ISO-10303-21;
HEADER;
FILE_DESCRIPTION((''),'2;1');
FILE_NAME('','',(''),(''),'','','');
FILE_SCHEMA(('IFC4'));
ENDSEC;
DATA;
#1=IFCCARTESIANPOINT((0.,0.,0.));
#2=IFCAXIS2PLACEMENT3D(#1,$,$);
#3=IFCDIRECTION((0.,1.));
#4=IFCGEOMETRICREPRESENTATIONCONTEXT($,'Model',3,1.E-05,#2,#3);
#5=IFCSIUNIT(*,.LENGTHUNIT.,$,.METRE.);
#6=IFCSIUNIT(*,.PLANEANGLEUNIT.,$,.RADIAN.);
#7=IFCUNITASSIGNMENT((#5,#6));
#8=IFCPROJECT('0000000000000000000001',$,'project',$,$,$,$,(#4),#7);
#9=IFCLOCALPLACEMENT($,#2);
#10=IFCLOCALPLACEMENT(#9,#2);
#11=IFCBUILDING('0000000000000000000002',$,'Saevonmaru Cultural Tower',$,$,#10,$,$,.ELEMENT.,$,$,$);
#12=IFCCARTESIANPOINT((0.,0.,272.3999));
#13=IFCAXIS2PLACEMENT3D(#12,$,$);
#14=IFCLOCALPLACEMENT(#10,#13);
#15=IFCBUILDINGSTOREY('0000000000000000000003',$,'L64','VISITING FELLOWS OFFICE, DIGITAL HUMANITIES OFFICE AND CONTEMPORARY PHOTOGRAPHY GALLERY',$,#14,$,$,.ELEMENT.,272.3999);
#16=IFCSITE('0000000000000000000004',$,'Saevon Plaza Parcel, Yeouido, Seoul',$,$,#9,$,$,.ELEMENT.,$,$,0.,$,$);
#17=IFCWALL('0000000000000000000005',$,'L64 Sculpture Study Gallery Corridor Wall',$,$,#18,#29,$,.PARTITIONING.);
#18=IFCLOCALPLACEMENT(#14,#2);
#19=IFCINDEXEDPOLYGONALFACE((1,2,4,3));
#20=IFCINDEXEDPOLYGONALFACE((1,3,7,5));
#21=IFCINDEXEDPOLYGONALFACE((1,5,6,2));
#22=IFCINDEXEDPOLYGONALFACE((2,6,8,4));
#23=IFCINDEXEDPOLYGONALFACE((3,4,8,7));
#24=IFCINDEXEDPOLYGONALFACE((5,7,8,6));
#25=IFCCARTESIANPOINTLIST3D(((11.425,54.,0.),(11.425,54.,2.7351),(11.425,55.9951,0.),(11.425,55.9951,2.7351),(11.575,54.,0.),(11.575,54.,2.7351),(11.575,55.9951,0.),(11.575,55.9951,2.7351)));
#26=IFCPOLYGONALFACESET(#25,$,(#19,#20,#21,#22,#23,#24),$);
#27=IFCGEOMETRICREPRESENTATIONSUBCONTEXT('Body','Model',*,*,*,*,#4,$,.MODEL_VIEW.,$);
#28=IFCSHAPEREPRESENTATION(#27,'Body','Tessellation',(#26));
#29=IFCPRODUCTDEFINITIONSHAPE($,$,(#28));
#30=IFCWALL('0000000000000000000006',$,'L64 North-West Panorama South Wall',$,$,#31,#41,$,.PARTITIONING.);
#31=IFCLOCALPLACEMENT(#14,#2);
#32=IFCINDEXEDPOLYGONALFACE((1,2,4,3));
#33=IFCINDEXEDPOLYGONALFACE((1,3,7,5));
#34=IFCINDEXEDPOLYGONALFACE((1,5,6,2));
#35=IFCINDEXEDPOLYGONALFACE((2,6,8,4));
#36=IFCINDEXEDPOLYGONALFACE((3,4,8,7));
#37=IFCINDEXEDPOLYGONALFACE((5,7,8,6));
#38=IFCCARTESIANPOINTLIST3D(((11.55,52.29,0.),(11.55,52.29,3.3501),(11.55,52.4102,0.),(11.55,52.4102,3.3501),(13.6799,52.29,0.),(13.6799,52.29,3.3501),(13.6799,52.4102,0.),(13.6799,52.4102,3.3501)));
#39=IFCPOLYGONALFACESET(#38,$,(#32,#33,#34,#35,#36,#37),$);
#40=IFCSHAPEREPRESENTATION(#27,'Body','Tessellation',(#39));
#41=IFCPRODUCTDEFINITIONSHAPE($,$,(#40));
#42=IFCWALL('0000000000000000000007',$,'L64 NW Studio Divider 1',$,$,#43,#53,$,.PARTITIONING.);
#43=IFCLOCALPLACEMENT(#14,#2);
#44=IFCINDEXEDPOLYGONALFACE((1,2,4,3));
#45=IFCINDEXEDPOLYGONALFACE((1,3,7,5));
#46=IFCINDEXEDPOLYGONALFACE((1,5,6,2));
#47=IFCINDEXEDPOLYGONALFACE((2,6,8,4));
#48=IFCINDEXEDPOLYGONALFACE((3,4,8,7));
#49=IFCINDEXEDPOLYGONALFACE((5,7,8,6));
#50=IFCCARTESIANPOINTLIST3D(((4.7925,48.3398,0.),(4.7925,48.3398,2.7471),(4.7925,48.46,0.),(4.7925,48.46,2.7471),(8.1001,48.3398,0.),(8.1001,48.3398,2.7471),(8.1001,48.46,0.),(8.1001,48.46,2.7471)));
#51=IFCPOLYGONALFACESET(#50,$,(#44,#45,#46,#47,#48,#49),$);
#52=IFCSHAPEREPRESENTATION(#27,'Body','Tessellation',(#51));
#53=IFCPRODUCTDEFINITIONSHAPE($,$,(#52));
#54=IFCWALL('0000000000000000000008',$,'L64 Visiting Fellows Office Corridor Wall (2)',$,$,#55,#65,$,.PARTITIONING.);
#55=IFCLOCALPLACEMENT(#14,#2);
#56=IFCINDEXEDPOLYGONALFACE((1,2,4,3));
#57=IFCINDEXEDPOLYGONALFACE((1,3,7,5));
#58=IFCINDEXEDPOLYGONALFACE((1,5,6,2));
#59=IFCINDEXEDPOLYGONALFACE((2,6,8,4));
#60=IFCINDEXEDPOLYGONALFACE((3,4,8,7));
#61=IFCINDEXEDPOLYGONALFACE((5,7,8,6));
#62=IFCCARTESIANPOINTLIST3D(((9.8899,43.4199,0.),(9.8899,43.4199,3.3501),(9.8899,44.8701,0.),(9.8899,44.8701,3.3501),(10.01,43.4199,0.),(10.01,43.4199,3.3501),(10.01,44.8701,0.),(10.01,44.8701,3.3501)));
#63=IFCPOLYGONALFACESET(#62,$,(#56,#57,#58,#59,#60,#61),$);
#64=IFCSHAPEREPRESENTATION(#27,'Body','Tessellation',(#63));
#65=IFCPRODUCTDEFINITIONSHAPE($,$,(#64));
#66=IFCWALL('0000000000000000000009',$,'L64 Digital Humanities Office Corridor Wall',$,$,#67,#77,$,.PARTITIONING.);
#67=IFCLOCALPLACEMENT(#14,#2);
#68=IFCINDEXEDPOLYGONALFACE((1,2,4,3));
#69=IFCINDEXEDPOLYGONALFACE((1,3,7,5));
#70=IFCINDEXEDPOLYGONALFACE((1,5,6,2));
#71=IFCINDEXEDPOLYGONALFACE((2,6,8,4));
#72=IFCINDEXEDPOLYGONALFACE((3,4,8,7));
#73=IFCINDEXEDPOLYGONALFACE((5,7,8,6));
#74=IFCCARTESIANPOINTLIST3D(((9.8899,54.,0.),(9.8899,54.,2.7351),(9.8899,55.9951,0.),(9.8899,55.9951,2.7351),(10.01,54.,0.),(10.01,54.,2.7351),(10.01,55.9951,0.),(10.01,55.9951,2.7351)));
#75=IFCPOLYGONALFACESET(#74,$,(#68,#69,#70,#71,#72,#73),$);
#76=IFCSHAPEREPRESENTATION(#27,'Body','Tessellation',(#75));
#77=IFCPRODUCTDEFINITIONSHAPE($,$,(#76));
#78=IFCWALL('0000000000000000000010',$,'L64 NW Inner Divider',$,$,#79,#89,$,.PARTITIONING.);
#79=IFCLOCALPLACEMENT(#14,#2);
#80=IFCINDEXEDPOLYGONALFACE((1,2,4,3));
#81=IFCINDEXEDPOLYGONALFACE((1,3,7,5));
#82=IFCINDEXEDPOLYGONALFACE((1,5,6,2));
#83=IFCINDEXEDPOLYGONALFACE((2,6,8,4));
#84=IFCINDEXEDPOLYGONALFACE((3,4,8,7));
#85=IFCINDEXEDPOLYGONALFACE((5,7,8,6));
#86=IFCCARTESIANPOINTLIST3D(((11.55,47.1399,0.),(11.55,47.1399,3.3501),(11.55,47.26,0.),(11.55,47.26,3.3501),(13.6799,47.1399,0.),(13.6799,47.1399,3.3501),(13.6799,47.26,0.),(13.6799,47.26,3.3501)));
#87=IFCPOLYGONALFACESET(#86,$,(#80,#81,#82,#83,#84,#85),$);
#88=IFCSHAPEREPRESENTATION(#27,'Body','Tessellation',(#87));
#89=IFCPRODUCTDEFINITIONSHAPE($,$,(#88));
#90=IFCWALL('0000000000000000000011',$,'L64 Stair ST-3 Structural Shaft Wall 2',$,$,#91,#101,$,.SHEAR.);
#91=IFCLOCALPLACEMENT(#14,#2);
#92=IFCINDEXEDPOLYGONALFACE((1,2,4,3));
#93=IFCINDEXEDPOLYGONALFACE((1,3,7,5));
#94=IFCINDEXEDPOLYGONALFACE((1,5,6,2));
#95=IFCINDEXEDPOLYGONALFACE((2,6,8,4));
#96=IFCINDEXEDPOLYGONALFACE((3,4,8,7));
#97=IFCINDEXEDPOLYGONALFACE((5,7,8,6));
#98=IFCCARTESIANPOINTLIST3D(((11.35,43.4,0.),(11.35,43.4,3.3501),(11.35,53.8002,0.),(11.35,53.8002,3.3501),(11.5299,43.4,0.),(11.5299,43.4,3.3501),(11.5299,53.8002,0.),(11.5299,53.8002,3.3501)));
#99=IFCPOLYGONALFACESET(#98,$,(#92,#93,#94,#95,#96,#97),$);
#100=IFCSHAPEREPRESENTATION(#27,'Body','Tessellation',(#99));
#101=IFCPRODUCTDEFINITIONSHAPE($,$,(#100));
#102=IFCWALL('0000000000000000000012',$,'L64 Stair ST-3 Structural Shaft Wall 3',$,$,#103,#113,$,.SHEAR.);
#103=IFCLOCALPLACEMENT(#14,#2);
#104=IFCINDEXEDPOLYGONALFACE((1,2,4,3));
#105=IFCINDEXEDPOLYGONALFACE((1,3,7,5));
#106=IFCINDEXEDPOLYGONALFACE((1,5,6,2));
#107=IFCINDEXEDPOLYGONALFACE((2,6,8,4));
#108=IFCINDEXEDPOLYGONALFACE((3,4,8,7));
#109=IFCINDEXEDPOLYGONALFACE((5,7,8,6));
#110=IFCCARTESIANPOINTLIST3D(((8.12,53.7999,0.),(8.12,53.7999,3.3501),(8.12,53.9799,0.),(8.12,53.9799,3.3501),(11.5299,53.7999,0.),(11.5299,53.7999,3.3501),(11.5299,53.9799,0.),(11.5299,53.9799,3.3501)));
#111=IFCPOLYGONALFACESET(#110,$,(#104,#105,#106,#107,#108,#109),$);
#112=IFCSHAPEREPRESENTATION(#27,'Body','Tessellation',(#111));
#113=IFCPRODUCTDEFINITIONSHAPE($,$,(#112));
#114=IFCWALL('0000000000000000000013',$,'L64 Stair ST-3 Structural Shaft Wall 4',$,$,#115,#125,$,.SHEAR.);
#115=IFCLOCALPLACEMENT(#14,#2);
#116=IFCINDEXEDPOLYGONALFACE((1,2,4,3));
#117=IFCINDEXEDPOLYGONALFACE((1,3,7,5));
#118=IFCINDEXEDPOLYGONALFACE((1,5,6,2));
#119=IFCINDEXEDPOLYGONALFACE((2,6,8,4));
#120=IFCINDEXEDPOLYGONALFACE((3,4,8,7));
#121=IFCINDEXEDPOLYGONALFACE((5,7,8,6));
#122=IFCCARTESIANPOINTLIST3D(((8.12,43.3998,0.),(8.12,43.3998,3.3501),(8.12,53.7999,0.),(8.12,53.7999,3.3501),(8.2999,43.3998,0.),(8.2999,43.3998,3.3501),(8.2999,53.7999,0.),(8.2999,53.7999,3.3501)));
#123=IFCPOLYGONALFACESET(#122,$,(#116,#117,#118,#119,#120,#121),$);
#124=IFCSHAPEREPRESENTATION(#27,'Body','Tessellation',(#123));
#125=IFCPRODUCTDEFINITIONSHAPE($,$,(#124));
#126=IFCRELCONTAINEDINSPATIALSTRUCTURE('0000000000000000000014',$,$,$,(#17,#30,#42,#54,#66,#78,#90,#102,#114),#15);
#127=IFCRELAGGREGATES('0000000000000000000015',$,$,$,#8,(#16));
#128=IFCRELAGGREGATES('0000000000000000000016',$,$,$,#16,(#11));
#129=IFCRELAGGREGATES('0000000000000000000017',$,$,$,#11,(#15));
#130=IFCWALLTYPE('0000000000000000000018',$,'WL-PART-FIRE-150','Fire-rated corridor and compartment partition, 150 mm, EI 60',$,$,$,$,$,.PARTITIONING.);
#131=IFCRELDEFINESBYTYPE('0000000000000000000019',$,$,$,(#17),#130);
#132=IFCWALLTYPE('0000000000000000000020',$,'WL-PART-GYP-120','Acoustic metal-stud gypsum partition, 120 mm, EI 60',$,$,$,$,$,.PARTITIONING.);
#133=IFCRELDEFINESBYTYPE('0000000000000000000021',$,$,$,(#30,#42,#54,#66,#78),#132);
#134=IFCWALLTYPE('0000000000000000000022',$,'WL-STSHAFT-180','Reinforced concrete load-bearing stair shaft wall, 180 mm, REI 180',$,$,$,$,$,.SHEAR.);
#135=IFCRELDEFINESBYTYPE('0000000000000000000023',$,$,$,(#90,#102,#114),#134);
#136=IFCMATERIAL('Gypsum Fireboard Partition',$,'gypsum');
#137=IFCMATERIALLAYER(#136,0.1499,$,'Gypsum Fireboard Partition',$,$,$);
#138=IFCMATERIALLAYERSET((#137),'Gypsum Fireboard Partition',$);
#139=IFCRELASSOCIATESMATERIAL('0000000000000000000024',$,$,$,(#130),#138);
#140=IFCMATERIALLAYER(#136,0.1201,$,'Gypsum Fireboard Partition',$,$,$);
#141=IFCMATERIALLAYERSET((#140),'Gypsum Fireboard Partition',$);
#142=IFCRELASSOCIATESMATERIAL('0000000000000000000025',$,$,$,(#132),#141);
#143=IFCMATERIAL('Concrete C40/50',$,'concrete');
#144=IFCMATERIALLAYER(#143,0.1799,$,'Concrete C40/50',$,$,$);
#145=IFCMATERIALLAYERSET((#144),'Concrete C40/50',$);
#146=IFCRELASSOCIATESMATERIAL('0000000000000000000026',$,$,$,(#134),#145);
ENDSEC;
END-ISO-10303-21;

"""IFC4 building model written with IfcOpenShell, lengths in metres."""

from ifc_helpers import new_model, si_unit, direction, frame, frame_2d, origin, place, context, subcontext, project, spatial, rectangle, extrude, material, layer, layer_set, type_object, element, save


model = new_model("IFC4")

# Units and contexts
model_context = context("Model", 3, precision=1e-05, world=origin(), true_north=direction((0.0, 1.0)))
body_context = subcontext(model_context, "Body", "Model", "MODEL_VIEW")
ifc_project = project(units=[si_unit("LENGTHUNIT", "METRE"), si_unit("PLANEANGLEUNIT", "RADIAN")], contexts=[model_context])

# Site, building, storey
site_placement = place(None, origin())
site = spatial("IfcSite", under=ifc_project, at=site_placement, Name="Saevon Plaza Parcel, Yeouido, Seoul", CompositionType="ELEMENT", RefElevation=0.0)
building_placement = place(site_placement, origin())
building = spatial("IfcBuilding", under=site, at=building_placement, Name="Saevonmaru Cultural Tower", CompositionType="ELEMENT")
storey_placement = place(building_placement, frame((0.0, 0.0, 272.3999)))
storey = spatial("IfcBuildingStorey", under=building, at=storey_placement, Name="L64", Description="VISITING FELLOWS OFFICE, DIGITAL HUMANITIES OFFICE AND CONTEMPORARY PHOTOGRAPHY GALLERY", CompositionType="ELEMENT", Elevation=272.3999)

# Walls
ifc_material_1 = material(Name="Gypsum Fireboard Partition", Category="gypsum")
ifc_layer_1 = layer(ifc_material_1, 0.1499, Name="Gypsum Fireboard Partition")
ifc_layer_set_1 = layer_set([ifc_layer_1], Name="Gypsum Fireboard Partition")
wall_type_1 = type_object("IfcWallType", Name="WL-PART-FIRE-150", Description="Fire-rated corridor and compartment partition, 150 mm, EI 60", PredefinedType="PARTITIONING", material=ifc_layer_set_1)
wall_1_placement = place(storey_placement, frame((11.5, 54.0, 0.0), z_axis=(0.0, 0.0, 1.0), x_axis=(0.0, 1.0, 0.0)))
element("IfcWall", 1, at=wall_1_placement, inside=storey, type_object=wall_type_1, Name="L64 Sculpture Study Gallery Corridor Wall", PredefinedType="PARTITIONING", context=body_context, shape_type="SweptSolid", body=[
    extrude(rectangle(XDim=1.9951, YDim=0.1499, at=frame_2d((0.9976, 0.0))), origin(), (0.0, 0.0, 1.0), 2.7351),
])
ifc_layer_2 = layer(ifc_material_1, 0.1201, Name="Gypsum Fireboard Partition")
ifc_layer_set_2 = layer_set([ifc_layer_2], Name="Gypsum Fireboard Partition")
wall_type_2 = type_object("IfcWallType", Name="WL-PART-GYP-120", Description="Acoustic metal-stud gypsum partition, 120 mm, EI 60", PredefinedType="PARTITIONING", material=ifc_layer_set_2)
wall_2_placement = place(storey_placement, frame((11.55, 52.3501, 0.0), z_axis=(0.0, 0.0, 1.0), x_axis=(1.0, 0.0, 0.0)))
element("IfcWall", 2, at=wall_2_placement, inside=storey, type_object=wall_type_2, Name="L64 North-West Panorama South Wall", PredefinedType="PARTITIONING", context=body_context, shape_type="SweptSolid", body=[
    extrude(rectangle(XDim=2.1299, YDim=0.1201, at=frame_2d((1.0649, 0.0))), origin(), (0.0, 0.0, 1.0), 3.3501),
])
wall_3_placement = place(storey_placement, frame((4.7925, 48.3999, 0.0), z_axis=(0.0, 0.0, 1.0), x_axis=(1.0, 0.0, 0.0)))
element("IfcWall", 3, at=wall_3_placement, inside=storey, type_object=wall_type_2, Name="L64 NW Studio Divider 1", PredefinedType="PARTITIONING", context=body_context, shape_type="SweptSolid", body=[
    extrude(rectangle(XDim=3.3076, YDim=0.1201, at=frame_2d((1.6538, 0.0))), origin(), (0.0, 0.0, 1.0), 2.7471),
])
wall_4_placement = place(storey_placement, frame((9.95, 43.4199, 0.0), z_axis=(0.0, 0.0, 1.0), x_axis=(0.0, 1.0, 0.0)))
element("IfcWall", 4, at=wall_4_placement, inside=storey, type_object=wall_type_2, Name="L64 Visiting Fellows Office Corridor Wall (2)", PredefinedType="PARTITIONING", context=body_context, shape_type="SweptSolid", body=[
    extrude(rectangle(XDim=1.4502, YDim=0.1201, at=frame_2d((0.7251, 0.0))), origin(), (0.0, 0.0, 1.0), 3.3501),
])
wall_5_placement = place(storey_placement, frame((9.95, 54.0, 0.0), z_axis=(0.0, 0.0, 1.0), x_axis=(0.0, 1.0, 0.0)))
element("IfcWall", 5, at=wall_5_placement, inside=storey, type_object=wall_type_2, Name="L64 Digital Humanities Office Corridor Wall", PredefinedType="PARTITIONING", context=body_context, shape_type="SweptSolid", body=[
    extrude(rectangle(XDim=1.9951, YDim=0.1201, at=frame_2d((0.9976, 0.0))), origin(), (0.0, 0.0, 1.0), 2.7351),
])
wall_6_placement = place(storey_placement, frame((11.55, 47.2, 0.0), z_axis=(0.0, 0.0, 1.0), x_axis=(1.0, 0.0, 0.0)))
element("IfcWall", 6, at=wall_6_placement, inside=storey, type_object=wall_type_2, Name="L64 NW Inner Divider", PredefinedType="PARTITIONING", context=body_context, shape_type="SweptSolid", body=[
    extrude(rectangle(XDim=2.1299, YDim=0.1201, at=frame_2d((1.0649, 0.0))), origin(), (0.0, 0.0, 1.0), 3.3501),
])

# Shared definitions
ifc_material_2 = material(Name="Concrete C40/50", Category="concrete")
ifc_layer_3 = layer(ifc_material_2, 0.1799, Name="Concrete C40/50")
ifc_layer_set_3 = layer_set([ifc_layer_3], Name="Concrete C40/50")
wall_type_3 = type_object("IfcWallType", Name="WL-STSHAFT-180", Description="Reinforced concrete load-bearing stair shaft wall, 180 mm, REI 180", PredefinedType="SHEAR", material=ifc_layer_set_3)

# Walls
wall_7_placement = place(storey_placement, frame((11.4399, 43.3999, 0.0), z_axis=(0.0, 0.0, 1.0), x_axis=(0.0, 1.0, 0.0)))
element("IfcWall", 7, at=wall_7_placement, inside=storey, type_object=wall_type_3, Name="L64 Stair ST-3 Structural Shaft Wall 2", PredefinedType="SHEAR", context=body_context, shape_type="SweptSolid", body=[
    extrude(rectangle(XDim=10.4001, YDim=0.1799, at=frame_2d((5.2002, 0.0))), origin(), (0.0, 0.0, 1.0), 3.3501),
])
wall_8_placement = place(storey_placement, frame((11.53, 53.8899, 0.0), z_axis=(0.0, 0.0, 1.0), x_axis=(-1.0, 0.0, 0.0)))
element("IfcWall", 8, at=wall_8_placement, inside=storey, type_object=wall_type_3, Name="L64 Stair ST-3 Structural Shaft Wall 3", PredefinedType="SHEAR", context=body_context, shape_type="SweptSolid", body=[
    extrude(rectangle(XDim=3.4099, YDim=0.1799, at=frame_2d((1.7051, 0.0))), origin(), (0.0, 0.0, 1.0), 3.3501),
])
wall_9_placement = place(storey_placement, frame((8.21, 53.8, 0.0), z_axis=(0.0, 0.0, 1.0), x_axis=(0.0, -1.0, 0.0)))
element("IfcWall", 9, at=wall_9_placement, inside=storey, type_object=wall_type_3, Name="L64 Stair ST-3 Structural Shaft Wall 4", PredefinedType="SHEAR", context=body_context, shape_type="SweptSolid", body=[
    extrude(rectangle(XDim=10.4001, YDim=0.1799, at=frame_2d((5.2002, 0.0))), origin(), (0.0, 0.0, 1.0), 3.3501),
])

save(model, "model.ifc")
